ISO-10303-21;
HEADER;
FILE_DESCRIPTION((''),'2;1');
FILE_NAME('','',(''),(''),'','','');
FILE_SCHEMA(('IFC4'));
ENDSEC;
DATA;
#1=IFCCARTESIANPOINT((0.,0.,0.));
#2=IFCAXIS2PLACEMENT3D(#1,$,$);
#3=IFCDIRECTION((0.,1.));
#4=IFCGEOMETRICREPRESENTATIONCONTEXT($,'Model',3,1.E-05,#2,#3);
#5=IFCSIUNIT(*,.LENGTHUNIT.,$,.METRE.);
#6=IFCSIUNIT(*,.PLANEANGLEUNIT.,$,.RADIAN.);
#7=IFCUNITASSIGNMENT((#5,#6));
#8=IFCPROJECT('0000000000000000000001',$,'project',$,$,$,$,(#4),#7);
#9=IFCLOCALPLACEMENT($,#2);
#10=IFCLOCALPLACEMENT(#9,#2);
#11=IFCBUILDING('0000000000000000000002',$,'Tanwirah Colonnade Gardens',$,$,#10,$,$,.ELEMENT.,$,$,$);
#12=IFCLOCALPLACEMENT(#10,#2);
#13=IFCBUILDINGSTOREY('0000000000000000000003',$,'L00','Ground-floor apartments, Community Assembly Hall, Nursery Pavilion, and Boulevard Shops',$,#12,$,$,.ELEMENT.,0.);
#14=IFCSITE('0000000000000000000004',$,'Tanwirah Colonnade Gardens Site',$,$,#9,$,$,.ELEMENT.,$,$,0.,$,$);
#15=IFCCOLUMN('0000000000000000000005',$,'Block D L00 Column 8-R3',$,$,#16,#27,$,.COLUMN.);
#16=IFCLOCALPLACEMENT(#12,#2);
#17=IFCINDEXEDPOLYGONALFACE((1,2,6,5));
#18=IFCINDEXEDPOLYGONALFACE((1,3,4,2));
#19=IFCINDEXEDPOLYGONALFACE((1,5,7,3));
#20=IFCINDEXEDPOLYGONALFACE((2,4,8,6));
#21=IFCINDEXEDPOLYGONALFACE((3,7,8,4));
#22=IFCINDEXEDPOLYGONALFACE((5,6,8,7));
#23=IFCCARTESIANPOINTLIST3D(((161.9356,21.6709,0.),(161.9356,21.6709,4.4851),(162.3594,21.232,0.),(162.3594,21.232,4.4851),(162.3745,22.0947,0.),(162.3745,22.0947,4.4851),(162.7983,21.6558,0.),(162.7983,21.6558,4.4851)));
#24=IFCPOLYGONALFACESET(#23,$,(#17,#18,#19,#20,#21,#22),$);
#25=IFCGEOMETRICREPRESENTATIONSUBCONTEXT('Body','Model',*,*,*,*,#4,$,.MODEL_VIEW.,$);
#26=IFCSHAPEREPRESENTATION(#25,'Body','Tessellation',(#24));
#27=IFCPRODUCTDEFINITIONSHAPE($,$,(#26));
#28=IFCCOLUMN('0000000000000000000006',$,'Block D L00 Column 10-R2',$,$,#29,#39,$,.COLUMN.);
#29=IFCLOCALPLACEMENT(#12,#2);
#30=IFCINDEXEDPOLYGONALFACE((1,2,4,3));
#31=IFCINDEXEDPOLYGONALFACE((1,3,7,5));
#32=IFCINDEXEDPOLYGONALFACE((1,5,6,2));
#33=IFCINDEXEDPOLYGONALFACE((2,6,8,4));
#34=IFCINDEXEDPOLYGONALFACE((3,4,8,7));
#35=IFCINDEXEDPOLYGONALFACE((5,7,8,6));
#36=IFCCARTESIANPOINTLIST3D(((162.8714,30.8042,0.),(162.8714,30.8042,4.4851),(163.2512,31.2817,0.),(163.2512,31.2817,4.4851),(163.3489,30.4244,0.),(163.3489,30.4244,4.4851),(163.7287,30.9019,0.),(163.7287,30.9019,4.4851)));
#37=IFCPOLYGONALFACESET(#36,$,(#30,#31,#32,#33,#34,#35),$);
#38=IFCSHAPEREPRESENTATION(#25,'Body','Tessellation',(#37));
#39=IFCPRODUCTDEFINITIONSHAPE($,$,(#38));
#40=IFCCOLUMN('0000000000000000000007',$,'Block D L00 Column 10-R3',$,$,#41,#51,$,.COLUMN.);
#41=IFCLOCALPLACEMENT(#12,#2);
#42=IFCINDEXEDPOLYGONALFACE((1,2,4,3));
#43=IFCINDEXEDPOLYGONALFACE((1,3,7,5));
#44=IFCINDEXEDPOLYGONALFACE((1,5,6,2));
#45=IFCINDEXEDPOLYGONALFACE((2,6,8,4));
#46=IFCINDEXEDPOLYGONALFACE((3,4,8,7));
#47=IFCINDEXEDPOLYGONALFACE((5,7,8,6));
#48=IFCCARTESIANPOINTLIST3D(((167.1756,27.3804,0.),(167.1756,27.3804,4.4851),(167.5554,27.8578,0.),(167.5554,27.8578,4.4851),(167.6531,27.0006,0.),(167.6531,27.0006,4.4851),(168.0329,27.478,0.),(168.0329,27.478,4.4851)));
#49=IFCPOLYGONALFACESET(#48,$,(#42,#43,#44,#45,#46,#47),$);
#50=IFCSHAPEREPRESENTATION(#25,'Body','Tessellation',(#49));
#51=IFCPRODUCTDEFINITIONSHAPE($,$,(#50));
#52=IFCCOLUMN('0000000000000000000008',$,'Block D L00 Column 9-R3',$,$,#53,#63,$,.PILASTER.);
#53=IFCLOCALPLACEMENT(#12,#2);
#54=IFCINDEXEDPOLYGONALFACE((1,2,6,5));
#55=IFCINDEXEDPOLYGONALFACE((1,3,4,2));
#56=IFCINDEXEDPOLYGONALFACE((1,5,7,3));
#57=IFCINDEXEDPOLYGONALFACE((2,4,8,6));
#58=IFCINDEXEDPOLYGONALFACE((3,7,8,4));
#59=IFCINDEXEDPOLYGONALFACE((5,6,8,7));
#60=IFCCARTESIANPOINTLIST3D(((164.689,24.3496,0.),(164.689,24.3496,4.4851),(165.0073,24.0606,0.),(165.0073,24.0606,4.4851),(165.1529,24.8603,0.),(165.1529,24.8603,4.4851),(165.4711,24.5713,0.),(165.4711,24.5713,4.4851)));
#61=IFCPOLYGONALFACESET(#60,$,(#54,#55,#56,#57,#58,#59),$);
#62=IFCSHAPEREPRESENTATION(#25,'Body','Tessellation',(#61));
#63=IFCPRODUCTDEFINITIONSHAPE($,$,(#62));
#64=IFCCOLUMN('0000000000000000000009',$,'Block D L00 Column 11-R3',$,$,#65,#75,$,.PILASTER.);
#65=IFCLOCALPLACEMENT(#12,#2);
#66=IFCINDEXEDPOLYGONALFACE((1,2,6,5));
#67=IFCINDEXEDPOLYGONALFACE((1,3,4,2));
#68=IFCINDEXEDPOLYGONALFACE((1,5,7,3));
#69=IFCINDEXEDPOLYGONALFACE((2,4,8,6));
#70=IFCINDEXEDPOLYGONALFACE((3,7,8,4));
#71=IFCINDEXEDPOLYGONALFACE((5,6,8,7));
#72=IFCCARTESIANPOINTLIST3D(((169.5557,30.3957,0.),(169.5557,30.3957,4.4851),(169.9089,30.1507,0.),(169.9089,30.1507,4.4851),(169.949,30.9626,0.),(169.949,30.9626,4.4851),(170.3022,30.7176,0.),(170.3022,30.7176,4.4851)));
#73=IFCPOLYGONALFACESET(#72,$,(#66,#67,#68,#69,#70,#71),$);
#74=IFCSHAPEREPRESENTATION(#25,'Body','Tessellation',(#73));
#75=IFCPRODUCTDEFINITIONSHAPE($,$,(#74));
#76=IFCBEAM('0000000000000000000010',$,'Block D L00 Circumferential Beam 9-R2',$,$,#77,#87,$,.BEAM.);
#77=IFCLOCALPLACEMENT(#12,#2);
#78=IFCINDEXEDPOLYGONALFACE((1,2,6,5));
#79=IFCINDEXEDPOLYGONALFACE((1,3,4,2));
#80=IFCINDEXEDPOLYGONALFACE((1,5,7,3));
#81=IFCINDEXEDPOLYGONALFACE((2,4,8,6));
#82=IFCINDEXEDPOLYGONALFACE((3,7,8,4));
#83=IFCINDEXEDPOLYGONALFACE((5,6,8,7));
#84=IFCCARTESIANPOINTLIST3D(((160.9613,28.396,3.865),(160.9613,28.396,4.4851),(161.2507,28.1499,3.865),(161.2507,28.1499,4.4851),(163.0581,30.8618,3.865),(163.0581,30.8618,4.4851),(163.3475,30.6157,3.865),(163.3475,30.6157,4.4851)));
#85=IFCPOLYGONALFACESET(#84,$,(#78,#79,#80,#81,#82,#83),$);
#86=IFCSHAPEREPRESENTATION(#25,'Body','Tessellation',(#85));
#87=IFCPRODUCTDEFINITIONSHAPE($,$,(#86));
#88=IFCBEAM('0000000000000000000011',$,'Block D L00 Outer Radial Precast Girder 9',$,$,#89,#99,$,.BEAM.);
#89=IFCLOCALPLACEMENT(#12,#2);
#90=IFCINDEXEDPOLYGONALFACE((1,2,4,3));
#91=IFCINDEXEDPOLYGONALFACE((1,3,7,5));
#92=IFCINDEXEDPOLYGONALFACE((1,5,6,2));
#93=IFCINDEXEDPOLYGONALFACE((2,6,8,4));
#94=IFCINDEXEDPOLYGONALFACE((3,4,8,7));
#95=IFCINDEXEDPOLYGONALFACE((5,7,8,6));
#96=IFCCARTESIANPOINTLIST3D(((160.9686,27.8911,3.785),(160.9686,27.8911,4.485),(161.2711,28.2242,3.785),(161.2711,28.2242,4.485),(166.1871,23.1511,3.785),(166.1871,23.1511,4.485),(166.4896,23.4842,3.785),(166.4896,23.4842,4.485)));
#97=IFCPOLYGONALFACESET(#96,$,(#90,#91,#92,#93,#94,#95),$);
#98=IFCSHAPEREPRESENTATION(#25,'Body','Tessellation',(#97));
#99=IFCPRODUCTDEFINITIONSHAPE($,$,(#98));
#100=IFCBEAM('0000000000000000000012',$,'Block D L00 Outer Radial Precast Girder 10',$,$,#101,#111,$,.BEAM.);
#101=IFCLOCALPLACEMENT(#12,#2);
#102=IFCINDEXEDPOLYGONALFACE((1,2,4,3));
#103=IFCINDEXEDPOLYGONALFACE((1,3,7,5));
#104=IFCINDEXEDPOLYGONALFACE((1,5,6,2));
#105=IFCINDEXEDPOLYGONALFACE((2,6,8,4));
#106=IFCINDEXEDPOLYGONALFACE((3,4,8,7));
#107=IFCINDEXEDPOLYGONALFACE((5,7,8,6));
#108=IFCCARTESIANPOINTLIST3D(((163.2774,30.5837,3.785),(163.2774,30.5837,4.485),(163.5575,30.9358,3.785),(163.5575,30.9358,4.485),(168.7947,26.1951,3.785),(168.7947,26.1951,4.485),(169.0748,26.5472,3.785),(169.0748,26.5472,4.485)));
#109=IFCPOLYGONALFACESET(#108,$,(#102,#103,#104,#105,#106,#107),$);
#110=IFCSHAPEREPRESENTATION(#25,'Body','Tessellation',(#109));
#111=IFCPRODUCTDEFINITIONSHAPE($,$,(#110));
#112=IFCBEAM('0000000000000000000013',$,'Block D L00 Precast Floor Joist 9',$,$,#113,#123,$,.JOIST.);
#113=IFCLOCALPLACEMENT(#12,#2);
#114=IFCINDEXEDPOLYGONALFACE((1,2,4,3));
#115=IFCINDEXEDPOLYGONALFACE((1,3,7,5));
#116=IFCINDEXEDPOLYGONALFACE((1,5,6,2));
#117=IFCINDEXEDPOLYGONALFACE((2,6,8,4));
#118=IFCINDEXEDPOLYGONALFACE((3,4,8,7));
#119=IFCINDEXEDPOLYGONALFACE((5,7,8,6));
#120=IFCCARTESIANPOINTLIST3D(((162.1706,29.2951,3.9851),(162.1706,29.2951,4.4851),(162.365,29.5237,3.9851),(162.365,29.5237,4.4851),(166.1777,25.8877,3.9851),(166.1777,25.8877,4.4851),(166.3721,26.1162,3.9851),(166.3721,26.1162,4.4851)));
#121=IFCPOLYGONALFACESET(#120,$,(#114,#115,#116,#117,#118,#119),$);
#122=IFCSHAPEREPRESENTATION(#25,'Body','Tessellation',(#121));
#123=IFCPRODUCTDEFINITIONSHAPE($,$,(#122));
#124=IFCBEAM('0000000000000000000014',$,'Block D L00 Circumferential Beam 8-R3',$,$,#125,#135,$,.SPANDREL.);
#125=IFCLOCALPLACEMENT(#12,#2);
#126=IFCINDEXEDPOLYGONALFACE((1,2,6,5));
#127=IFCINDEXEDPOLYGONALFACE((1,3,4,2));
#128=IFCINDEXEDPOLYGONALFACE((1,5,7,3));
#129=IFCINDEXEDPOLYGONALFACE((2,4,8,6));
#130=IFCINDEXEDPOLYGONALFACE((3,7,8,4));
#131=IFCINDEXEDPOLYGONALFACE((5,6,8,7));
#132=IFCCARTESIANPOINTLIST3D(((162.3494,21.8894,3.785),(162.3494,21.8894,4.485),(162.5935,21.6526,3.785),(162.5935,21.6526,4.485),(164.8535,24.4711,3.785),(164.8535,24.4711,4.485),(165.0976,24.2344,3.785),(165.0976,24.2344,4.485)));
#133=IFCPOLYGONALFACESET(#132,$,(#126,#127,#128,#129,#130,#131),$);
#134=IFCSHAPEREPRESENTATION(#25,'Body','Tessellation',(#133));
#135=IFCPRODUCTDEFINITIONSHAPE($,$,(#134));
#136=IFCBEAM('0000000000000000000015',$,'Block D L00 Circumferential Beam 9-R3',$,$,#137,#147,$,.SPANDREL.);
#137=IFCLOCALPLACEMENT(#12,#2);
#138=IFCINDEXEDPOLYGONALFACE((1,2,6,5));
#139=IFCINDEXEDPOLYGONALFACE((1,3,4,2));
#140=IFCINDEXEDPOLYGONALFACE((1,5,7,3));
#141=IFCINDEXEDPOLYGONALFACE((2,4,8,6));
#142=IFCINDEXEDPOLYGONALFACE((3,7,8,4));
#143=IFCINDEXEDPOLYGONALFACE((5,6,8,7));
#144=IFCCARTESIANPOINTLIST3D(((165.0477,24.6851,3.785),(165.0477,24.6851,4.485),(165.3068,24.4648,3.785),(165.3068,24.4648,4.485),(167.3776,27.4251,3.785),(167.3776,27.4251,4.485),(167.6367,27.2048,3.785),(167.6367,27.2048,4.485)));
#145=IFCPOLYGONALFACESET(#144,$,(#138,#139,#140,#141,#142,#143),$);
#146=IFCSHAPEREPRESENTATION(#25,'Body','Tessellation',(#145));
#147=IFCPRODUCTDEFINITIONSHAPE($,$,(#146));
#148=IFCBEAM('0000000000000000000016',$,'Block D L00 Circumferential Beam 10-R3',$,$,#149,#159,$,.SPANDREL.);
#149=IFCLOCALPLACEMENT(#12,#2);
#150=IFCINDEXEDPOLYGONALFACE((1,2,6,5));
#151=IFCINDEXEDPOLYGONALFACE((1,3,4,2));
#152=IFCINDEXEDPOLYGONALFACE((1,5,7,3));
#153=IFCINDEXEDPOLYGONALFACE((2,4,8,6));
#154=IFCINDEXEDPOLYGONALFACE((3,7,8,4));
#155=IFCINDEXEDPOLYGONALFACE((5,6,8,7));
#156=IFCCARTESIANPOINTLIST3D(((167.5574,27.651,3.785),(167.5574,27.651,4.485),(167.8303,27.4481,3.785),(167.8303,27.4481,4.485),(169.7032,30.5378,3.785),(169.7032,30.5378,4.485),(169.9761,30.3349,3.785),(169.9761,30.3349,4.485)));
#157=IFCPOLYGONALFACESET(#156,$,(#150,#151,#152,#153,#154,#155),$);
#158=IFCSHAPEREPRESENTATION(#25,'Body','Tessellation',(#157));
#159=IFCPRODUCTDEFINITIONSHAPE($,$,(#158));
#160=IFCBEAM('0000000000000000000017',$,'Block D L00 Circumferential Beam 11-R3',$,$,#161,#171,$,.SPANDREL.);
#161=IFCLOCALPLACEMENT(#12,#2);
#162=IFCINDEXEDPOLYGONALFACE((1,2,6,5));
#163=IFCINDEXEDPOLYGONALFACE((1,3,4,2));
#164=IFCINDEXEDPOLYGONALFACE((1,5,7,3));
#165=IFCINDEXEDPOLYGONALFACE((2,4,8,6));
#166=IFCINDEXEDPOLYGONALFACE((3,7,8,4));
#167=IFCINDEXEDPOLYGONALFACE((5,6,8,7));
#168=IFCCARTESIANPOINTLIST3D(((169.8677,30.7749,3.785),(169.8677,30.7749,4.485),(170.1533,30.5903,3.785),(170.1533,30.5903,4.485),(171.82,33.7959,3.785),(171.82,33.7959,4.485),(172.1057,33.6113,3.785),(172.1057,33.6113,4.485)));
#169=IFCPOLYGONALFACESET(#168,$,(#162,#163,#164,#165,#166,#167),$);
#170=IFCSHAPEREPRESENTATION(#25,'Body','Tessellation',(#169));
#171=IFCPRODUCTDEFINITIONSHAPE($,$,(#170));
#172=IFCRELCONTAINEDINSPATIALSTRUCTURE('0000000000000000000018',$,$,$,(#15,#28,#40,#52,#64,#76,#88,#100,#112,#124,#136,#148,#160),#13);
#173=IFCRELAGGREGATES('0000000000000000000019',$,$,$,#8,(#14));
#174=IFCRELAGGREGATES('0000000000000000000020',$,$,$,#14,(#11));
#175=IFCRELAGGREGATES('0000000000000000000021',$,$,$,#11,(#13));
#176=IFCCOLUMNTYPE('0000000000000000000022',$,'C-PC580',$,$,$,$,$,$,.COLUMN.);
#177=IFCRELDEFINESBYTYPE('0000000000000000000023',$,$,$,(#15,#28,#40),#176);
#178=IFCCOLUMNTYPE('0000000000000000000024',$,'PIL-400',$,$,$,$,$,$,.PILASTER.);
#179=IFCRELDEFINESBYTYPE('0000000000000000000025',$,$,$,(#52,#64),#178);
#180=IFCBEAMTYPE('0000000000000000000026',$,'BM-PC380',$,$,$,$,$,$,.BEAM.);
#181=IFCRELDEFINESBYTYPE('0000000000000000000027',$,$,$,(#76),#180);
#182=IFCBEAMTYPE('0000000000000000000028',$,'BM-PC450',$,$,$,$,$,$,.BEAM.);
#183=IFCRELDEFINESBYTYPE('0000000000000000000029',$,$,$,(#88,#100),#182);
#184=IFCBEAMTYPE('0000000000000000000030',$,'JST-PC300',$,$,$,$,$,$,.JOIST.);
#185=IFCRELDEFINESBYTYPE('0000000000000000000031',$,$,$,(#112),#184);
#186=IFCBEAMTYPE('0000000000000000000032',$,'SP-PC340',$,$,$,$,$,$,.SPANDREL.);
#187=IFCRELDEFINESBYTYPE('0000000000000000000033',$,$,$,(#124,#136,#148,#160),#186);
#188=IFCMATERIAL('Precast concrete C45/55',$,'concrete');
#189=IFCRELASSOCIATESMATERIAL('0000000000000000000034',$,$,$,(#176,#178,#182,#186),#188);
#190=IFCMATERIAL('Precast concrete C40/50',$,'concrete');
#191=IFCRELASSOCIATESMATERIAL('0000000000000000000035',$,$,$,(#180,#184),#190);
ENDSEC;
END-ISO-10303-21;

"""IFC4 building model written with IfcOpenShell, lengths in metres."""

from ifc_helpers import new_model, si_unit, direction, frame, origin, origin_2d, place, context, subcontext, project, spatial, rectangle, extrude, material, material_profile, profile_set, type_object, element, save


model = new_model("IFC4")

# Units and contexts
model_context = context("Model", 3, precision=1e-05, world=origin(), true_north=direction((0.0, 1.0)))
body_context = subcontext(model_context, "Body", "Model", "MODEL_VIEW")
ifc_project = project(units=[si_unit("LENGTHUNIT", "METRE"), si_unit("PLANEANGLEUNIT", "RADIAN")], contexts=[model_context])

# Site, building, storey
site_placement = place(None, origin())
site = spatial("IfcSite", under=ifc_project, at=site_placement, Name="Tanwirah Colonnade Gardens Site", CompositionType="ELEMENT", RefElevation=0.0)
building_placement = place(site_placement, origin())
building = spatial("IfcBuilding", under=site, at=building_placement, Name="Tanwirah Colonnade Gardens", CompositionType="ELEMENT")
storey_placement = place(building_placement, origin())
storey = spatial("IfcBuildingStorey", under=building, at=storey_placement, Name="L00", Description="Ground-floor apartments, Community Assembly Hall, Nursery Pavilion, and Boulevard Shops", CompositionType="ELEMENT", Elevation=0.0)

# Columns
ifc_material_1 = material(Name="Precast concrete C45/55", Category="concrete")
ifc_material_profile_1 = material_profile(ifc_material_1, rectangle(XDim=0.6101, YDim=0.6101, at=origin_2d()), Name="PC-COL 610x610")
ifc_profile_set_1 = profile_set([ifc_material_profile_1], Name="Precast concrete C45/55")
column_type_1 = type_object("IfcColumnType", Name="C-PC580", PredefinedType="COLUMN", material=ifc_profile_set_1)
for number, where, z_axis, x_axis, name in (
    (1, (162.3669, 21.6633, 0.0), (0.0, 0.0, 1.0), (0.694658, -0.71934, 0.0), "Block D L00 Column 8-R3"),
    (2, (163.3, 30.853, 0.0), (0.0, 0.0, 1.0), (0.782608, -0.622515, 0.0), "Block D L00 Column 10-R2"),
    (3, (167.6042, 27.4292, 0.0), (0.0, 0.0, 1.0), (0.782608, -0.622515, 0.0), "Block D L00 Column 10-R3"),
):
    element("IfcColumn", number, at=place(storey_placement, frame(where, z_axis=z_axis, x_axis=x_axis)), inside=storey, type_object=column_type_1, Name=name, PredefinedType="COLUMN", context=body_context, shape_type="SweptSolid", body=[
        extrude(rectangle(XDim=0.6101, YDim=0.6101, at=origin_2d()), origin(), (0.0, 0.0, 1.0), 4.4851),
    ])
ifc_material_profile_2 = material_profile(ifc_material_1, rectangle(XDim=0.4299, YDim=0.6899, at=origin_2d()), Name="PC-PIL 430x690")
ifc_profile_set_2 = profile_set([ifc_material_profile_2], Name="Precast concrete C45/55")
column_type_2 = type_object("IfcColumnType", Name="PIL-400", PredefinedType="PILASTER", material=ifc_profile_set_2)
for number, where, z_axis, x_axis, name in (
    (4, (165.0801, 24.4604, 0.0), (0.0, 0.0, 1.0), (0.740218, -0.672367, 0.0), "Block D L00 Column 9-R3"),
    (5, (169.929, 30.5566, 0.0), (0.0, 0.0, 1.0), (0.821647, -0.569997, 0.0), "Block D L00 Column 11-R3"),
):
    element("IfcColumn", number, at=place(storey_placement, frame(where, z_axis=z_axis, x_axis=x_axis)), inside=storey, type_object=column_type_2, Name=name, PredefinedType="PILASTER", context=body_context, shape_type="SweptSolid", body=[
        extrude(rectangle(XDim=0.4299, YDim=0.6899, at=origin_2d()), origin(), (0.0, 0.0, 1.0), 4.4851),
    ])

# Beams
ifc_material_2 = material(Name="Precast concrete C40/50", Category="concrete")
ifc_material_profile_3 = material_profile(ifc_material_2, rectangle(XDim=0.3799, YDim=0.6201, at=origin_2d()), Name="PC-BM 380x620")
ifc_profile_set_3 = profile_set([ifc_material_profile_3], Name="Precast concrete C40/50")
beam_type_1 = type_object("IfcBeamType", Name="BM-PC380", PredefinedType="BEAM", material=ifc_profile_set_3)
beam_1_placement = place(storey_placement, frame((161.106, 28.2729, 4.175), z_axis=(0.647824, 0.76179, 0.0), x_axis=(-0.76179, 0.647824, 0.0)))
element("IfcBeam", 6, at=beam_1_placement, inside=storey, type_object=beam_type_1, Name="Block D L00 Circumferential Beam 9-R2", PredefinedType="BEAM", context=body_context, shape_type="SweptSolid", body=[
    extrude(rectangle(XDim=0.3799, YDim=0.6201, at=origin_2d()), origin(), (0.0, 0.0, 1.0), 3.2368),
])
ifc_material_profile_4 = material_profile(ifc_material_1, rectangle(XDim=0.45, YDim=0.7, at=origin_2d()), Name="PC-BM 450x700")
ifc_profile_set_4 = profile_set([ifc_material_profile_4], Name="Precast concrete C45/55")
beam_type_2 = type_object("IfcBeamType", Name="BM-PC450", PredefinedType="BEAM", material=ifc_profile_set_4)
for number, where, z_axis, x_axis, name in (
    (7, (161.1199, 28.0576, 4.135), (0.74023, -0.672354, 0.0), (0.672354, 0.74023, 0.0), "Block D L00 Outer Radial Precast Girder 9"),
    (8, (163.4175, 30.7598, 4.135), (0.782609, -0.622513, 0.0), (0.622513, 0.782609, 0.0), "Block D L00 Outer Radial Precast Girder 10"),
):
    element("IfcBeam", number, at=place(storey_placement, frame(where, z_axis=z_axis, x_axis=x_axis)), inside=storey, type_object=beam_type_2, Name=name, PredefinedType="BEAM", context=body_context, shape_type="SweptSolid", body=[
        extrude(rectangle(XDim=0.45, YDim=0.7, at=origin_2d()), origin(), (0.0, 0.0, 1.0), 7.0498),
    ])
ifc_material_profile_5 = material_profile(ifc_material_2, rectangle(XDim=0.3, YDim=0.5, at=origin_2d()), Name="PC-JST 300x500")
ifc_profile_set_5 = profile_set([ifc_material_profile_5], Name="Precast concrete C40/50")
beam_type_3 = type_object("IfcBeamType", Name="JST-PC300", PredefinedType="JOIST", material=ifc_profile_set_5)
beam_2_placement = place(storey_placement, frame((162.2678, 29.4094, 4.2351), z_axis=(0.761803, -0.647809, 0.0), x_axis=(0.647809, 0.761803, 0.0)))
element("IfcBeam", 9, at=beam_2_placement, inside=storey, type_object=beam_type_3, Name="Block D L00 Precast Floor Joist 9", PredefinedType="JOIST", context=body_context, shape_type="SweptSolid", body=[
    extrude(rectangle(XDim=0.3, YDim=0.5, at=origin_2d()), origin(), (0.0, 0.0, 1.0), 5.26),
])
ifc_material_profile_6 = material_profile(ifc_material_1, rectangle(XDim=0.3401, YDim=0.7, at=origin_2d()), Name="PC-SP 340x700")
ifc_profile_set_6 = profile_set([ifc_material_profile_6], Name="Precast concrete C45/55")
beam_type_4 = type_object("IfcBeamType", Name="SP-PC340", PredefinedType="SPANDREL", material=ifc_profile_set_6)
for number, where, z_axis, x_axis, name in (
    (10, (162.4714, 21.771, 4.135), (0.696232, 0.717817, 0.0), (-0.717817, 0.696232, 0.0), "Block D L00 Circumferential Beam 8-R3"),
    (11, (165.1772, 24.575, 4.135), (0.647784, 0.761824, 0.0), (-0.761824, 0.647784, 0.0), "Block D L00 Circumferential Beam 9-R3"),
):
    element("IfcBeam", number, at=place(storey_placement, frame(where, z_axis=z_axis, x_axis=x_axis)), inside=storey, type_object=beam_type_4, Name=name, PredefinedType="SPANDREL", context=body_context, shape_type="SweptSolid", body=[
        extrude(rectangle(XDim=0.3401, YDim=0.7, at=origin_2d()), origin(), (0.0, 0.0, 1.0), 3.5967),
    ])
for number, where, z_axis, x_axis, name in (
    (12, (167.6938, 27.5496, 4.135), (0.596563, 0.802566, 0.0), (-0.802566, 0.596563, 0.0), "Block D L00 Circumferential Beam 10-R3"),
    (13, (170.0105, 30.6826, 4.135), (0.542787, 0.83987, 0.0), (-0.83987, 0.542787, 0.0), "Block D L00 Circumferential Beam 11-R3"),
):
    element("IfcBeam", number, at=place(storey_placement, frame(where, z_axis=z_axis, x_axis=x_axis)), inside=storey, type_object=beam_type_4, Name=name, PredefinedType="SPANDREL", context=body_context, shape_type="SweptSolid", body=[
        extrude(rectangle(XDim=0.3401, YDim=0.7, at=origin_2d()), origin(), (0.0, 0.0, 1.0), 3.5969),
    ])

save(model, "model.ifc")
